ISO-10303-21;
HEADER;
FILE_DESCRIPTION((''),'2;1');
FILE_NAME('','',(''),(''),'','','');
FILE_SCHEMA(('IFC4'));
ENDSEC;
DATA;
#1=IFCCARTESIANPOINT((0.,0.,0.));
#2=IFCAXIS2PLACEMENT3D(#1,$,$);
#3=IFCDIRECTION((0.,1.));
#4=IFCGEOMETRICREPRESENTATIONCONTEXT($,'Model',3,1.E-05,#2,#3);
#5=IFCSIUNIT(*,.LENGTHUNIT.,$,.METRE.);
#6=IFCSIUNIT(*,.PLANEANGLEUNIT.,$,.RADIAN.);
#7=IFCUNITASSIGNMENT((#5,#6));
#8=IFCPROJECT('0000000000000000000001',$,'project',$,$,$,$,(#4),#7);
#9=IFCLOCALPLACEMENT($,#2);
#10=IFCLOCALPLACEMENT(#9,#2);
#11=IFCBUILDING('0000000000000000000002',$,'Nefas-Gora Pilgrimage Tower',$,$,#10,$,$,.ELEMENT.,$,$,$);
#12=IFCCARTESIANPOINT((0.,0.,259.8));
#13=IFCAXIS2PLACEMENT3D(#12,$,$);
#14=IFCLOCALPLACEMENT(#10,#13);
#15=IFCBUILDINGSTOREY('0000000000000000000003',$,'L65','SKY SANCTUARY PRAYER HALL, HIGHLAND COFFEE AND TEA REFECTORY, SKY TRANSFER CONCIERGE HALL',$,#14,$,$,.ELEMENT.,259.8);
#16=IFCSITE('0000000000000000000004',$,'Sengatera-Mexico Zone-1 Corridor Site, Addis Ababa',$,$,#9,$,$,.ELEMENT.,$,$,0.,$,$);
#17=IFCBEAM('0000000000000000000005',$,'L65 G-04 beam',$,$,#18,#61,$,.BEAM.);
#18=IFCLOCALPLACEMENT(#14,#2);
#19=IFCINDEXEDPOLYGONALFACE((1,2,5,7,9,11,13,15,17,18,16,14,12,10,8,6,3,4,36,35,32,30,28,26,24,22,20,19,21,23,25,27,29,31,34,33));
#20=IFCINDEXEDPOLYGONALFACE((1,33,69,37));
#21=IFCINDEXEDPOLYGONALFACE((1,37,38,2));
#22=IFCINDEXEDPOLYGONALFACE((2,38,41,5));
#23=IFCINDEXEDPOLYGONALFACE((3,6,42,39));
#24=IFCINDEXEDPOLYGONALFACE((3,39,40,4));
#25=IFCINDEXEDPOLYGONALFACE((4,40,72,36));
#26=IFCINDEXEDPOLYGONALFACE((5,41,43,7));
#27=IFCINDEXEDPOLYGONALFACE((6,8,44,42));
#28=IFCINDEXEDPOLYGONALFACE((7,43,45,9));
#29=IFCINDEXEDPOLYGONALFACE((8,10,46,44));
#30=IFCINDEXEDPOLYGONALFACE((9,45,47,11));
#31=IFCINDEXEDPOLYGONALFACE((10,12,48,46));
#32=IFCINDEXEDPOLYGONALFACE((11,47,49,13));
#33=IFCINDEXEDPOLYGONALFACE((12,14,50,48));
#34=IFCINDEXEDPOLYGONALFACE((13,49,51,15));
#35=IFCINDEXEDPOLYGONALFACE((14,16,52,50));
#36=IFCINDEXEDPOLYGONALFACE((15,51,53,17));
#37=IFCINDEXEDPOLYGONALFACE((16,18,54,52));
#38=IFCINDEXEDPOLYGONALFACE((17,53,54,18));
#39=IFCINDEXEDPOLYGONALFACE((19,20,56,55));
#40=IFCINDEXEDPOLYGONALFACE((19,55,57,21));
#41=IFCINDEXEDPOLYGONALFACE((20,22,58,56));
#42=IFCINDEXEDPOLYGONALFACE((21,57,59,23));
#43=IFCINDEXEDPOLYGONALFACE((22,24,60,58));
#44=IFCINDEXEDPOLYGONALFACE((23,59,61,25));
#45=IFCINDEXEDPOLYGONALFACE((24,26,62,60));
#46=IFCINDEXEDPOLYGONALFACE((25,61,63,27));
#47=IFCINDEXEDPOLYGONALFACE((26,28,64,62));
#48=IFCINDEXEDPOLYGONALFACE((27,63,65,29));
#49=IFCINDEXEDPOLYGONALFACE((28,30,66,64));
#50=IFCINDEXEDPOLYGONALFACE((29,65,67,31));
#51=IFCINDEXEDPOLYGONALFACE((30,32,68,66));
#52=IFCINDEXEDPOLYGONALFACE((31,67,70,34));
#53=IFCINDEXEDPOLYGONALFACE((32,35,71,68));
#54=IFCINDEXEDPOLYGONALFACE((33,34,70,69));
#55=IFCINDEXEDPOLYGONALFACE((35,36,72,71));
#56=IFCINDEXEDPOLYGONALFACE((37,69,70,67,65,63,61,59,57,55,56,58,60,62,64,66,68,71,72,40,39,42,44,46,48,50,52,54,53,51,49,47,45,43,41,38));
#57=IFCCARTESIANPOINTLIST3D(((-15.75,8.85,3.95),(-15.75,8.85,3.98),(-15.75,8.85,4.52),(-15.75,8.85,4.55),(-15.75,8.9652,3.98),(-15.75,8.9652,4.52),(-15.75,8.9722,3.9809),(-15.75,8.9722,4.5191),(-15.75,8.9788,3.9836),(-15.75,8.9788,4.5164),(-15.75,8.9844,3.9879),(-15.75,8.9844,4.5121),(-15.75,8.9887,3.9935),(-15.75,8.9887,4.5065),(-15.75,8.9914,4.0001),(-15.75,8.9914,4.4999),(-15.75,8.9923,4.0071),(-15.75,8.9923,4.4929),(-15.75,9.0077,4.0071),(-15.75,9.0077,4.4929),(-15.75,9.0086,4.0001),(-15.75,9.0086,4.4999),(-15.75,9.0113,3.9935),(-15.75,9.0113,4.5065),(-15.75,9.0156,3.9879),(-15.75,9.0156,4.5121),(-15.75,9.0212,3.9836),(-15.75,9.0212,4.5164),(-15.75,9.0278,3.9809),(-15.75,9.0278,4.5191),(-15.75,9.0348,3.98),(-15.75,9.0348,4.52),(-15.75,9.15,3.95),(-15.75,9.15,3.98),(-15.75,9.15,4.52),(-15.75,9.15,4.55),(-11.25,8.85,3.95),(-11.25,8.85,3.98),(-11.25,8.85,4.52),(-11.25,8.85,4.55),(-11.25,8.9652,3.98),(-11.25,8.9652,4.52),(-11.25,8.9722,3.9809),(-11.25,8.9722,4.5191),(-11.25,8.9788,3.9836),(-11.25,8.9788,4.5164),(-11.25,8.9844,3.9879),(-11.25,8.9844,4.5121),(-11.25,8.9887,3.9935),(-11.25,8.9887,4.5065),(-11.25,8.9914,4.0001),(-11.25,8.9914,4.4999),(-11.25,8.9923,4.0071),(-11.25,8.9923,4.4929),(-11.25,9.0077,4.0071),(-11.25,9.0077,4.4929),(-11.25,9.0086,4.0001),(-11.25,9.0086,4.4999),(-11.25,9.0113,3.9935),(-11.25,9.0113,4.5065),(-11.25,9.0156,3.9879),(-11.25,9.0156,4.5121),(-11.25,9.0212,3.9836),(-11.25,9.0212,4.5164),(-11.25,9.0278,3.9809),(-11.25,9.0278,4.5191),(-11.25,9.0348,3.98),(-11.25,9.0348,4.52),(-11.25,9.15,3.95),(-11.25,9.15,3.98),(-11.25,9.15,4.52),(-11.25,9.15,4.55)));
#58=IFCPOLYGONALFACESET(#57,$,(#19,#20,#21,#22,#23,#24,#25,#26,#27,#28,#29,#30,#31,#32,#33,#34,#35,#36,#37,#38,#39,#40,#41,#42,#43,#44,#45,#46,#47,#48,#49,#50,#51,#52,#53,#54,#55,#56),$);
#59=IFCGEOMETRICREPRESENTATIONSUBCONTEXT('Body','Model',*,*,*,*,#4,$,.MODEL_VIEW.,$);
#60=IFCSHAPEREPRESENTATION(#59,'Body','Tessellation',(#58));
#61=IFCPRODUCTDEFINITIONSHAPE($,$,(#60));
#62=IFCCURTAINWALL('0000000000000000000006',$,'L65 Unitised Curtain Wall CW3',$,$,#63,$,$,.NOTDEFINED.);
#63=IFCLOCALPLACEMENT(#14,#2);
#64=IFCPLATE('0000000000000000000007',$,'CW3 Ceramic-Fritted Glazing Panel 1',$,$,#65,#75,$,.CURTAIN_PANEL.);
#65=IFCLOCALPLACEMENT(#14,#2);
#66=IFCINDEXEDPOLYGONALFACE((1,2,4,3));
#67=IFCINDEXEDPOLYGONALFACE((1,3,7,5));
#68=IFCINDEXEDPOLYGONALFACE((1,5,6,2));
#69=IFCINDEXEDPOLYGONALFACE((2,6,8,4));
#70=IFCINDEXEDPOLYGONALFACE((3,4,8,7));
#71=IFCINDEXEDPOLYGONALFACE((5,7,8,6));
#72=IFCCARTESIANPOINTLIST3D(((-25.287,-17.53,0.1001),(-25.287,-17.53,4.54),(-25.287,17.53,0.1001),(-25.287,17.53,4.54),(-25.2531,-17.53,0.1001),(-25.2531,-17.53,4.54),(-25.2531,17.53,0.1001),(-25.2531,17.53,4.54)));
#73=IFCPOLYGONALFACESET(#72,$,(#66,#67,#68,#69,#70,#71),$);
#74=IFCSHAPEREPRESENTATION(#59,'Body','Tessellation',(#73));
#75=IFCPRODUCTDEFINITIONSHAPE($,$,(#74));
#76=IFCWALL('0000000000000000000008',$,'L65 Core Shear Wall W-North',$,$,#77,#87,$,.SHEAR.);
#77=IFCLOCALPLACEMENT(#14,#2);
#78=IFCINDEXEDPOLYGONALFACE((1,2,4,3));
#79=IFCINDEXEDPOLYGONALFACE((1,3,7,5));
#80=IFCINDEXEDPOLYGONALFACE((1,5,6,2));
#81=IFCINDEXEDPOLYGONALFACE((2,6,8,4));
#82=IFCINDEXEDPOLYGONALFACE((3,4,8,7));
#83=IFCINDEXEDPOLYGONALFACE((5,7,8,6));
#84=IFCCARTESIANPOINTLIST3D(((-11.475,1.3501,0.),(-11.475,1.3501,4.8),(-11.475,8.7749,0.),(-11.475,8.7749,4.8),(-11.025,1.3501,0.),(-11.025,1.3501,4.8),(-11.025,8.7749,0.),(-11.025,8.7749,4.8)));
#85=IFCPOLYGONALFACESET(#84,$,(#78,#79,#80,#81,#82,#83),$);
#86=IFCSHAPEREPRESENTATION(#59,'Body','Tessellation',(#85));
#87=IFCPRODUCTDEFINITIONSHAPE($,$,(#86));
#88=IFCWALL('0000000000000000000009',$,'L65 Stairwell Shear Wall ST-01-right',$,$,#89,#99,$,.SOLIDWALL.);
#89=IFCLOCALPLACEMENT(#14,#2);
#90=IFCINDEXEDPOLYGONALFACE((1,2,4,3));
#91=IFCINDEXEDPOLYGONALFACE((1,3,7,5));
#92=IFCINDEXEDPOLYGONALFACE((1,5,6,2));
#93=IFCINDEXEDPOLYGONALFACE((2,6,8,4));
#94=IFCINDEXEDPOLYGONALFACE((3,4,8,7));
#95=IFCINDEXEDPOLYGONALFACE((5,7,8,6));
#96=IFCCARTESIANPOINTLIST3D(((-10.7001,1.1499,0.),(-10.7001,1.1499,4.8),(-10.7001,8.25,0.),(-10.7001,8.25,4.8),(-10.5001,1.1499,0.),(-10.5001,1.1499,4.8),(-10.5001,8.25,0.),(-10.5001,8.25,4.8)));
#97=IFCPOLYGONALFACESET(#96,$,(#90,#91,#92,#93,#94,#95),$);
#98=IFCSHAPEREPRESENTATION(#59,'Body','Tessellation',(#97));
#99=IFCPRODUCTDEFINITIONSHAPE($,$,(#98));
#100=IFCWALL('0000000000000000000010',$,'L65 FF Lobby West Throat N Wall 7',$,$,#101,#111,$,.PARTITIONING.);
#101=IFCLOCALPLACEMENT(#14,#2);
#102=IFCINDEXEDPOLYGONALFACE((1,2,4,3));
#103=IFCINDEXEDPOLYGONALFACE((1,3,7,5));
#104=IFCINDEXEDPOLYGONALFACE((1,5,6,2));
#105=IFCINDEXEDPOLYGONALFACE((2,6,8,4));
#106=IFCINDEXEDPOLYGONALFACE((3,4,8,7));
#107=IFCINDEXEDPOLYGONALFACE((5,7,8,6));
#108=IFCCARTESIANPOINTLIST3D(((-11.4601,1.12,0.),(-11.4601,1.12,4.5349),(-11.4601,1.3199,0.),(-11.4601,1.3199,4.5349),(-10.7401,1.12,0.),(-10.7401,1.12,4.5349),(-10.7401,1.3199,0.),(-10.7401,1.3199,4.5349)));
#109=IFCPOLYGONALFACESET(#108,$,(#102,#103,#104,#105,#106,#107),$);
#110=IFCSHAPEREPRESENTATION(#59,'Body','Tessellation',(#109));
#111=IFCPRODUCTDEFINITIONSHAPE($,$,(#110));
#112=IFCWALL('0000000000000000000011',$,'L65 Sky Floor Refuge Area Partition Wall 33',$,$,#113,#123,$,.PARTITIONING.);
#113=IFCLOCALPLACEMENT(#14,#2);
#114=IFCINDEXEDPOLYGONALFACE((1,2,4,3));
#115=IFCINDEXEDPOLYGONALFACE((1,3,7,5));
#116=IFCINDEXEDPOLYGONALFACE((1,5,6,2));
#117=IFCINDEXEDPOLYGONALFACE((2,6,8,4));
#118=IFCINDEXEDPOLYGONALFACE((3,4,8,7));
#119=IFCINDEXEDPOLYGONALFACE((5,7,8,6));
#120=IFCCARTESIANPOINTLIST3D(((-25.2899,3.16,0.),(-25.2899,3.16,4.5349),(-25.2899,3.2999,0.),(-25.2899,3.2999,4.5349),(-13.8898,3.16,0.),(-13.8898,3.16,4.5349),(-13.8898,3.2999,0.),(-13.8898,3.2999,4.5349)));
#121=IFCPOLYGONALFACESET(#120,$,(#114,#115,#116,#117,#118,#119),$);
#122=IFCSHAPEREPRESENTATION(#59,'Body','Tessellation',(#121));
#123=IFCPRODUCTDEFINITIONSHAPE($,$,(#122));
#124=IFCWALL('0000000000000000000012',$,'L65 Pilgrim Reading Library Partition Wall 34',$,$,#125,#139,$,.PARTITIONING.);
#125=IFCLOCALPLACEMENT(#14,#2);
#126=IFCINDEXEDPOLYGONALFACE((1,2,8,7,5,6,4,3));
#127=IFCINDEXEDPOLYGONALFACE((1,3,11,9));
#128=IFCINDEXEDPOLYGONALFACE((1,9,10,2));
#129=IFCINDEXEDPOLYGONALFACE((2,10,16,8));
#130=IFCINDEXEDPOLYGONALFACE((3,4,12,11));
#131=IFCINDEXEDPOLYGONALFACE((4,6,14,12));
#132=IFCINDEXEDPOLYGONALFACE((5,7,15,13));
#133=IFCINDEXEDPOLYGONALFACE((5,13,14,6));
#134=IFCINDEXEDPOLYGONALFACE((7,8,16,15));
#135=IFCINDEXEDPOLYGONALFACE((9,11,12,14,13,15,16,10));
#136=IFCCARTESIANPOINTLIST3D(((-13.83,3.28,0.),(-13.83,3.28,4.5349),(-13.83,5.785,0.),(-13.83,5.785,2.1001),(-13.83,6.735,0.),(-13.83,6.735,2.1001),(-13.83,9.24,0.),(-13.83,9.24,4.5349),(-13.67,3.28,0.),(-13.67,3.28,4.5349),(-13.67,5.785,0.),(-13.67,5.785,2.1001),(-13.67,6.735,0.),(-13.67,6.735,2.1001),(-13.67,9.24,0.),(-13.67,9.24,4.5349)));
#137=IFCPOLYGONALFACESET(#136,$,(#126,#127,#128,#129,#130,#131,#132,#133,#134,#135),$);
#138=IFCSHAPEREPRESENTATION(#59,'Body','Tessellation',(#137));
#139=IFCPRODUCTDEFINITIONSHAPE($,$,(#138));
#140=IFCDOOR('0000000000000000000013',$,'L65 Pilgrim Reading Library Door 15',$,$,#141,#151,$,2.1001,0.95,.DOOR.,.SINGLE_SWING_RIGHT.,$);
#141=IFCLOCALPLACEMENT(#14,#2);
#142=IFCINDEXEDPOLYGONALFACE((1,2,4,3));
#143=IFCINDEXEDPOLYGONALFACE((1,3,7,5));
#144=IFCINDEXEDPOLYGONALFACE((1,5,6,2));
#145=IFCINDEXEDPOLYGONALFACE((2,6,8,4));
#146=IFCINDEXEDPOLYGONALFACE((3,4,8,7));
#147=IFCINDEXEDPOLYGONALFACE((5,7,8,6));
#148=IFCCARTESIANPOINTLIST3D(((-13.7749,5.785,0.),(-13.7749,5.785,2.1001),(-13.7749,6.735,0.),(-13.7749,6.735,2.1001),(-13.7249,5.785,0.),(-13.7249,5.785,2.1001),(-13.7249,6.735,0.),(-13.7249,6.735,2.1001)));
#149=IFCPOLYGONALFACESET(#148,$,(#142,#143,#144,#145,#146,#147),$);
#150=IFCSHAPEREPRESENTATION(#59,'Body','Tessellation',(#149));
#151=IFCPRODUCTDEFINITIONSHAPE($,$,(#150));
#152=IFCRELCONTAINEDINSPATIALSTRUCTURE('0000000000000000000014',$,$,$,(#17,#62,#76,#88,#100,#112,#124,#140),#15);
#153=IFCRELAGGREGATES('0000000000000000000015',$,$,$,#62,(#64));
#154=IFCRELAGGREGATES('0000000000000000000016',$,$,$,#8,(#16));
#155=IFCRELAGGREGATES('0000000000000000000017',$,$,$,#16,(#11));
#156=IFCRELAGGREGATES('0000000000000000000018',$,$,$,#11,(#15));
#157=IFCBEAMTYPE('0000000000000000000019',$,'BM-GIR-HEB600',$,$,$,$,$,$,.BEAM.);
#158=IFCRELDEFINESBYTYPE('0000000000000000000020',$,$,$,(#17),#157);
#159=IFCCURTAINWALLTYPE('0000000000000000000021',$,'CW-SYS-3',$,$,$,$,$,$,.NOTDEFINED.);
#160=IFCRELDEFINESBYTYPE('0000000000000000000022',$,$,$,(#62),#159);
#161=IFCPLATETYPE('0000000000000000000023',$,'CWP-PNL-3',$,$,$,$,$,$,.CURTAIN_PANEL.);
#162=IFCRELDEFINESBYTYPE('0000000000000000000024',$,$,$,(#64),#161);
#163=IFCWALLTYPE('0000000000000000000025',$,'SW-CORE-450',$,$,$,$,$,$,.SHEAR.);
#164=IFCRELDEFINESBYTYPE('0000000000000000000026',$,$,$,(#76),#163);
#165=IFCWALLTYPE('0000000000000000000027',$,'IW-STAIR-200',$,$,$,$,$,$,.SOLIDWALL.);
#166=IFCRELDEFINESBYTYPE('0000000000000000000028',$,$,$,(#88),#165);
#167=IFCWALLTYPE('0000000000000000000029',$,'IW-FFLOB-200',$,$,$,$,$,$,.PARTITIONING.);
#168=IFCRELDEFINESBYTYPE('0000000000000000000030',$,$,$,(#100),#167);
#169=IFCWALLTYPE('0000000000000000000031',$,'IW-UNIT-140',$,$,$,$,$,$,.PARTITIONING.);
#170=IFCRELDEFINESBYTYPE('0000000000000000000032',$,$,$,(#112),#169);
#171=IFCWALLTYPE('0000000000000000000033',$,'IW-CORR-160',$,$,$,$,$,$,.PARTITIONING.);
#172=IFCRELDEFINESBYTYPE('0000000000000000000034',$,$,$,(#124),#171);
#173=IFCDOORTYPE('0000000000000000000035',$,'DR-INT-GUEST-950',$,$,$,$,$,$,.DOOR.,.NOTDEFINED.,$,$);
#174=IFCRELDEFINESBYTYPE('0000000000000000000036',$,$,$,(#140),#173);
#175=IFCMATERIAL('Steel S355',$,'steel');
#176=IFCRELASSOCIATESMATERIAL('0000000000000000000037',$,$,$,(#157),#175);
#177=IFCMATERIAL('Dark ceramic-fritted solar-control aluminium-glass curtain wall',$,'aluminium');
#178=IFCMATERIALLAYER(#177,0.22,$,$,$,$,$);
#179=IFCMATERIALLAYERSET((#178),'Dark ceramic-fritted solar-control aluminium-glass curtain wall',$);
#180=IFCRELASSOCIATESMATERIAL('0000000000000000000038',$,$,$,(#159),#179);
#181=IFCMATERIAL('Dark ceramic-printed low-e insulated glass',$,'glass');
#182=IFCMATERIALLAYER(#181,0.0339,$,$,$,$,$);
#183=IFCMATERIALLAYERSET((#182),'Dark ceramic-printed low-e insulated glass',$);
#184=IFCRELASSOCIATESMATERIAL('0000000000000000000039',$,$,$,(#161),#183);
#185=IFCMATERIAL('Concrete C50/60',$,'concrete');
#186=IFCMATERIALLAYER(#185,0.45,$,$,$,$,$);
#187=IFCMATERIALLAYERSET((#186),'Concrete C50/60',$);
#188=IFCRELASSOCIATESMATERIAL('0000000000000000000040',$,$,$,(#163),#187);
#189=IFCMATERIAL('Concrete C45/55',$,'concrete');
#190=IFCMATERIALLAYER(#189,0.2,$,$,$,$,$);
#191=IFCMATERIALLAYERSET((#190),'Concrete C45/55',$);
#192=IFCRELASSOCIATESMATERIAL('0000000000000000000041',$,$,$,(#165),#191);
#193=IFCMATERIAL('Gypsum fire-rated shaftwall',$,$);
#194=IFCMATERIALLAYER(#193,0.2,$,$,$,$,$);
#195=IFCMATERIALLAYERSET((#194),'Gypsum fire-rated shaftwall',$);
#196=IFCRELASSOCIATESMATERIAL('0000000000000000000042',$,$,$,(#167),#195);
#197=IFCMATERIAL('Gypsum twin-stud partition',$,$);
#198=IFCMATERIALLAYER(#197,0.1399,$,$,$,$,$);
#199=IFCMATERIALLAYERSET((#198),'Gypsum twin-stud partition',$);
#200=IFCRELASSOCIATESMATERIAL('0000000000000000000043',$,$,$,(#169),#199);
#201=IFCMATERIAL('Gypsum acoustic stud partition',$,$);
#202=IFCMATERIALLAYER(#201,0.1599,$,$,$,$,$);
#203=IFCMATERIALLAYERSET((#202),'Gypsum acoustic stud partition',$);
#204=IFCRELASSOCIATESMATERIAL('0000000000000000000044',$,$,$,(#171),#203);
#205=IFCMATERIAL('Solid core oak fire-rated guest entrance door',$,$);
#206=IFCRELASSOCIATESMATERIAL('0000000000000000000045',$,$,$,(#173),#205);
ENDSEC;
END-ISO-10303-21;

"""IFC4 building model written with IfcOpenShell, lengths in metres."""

from ifc_helpers import new_model, si_unit, direction, frame, frame_2d, origin, origin_2d, place, context, subcontext, project, spatial, rectangle, i_section, extrude, source, transform, mapped, material, layer, layer_set, material_profile, profile_set, type_object, element, fill, aggregate, save


model = new_model("IFC4")

# Units and contexts
model_context = context("Model", 3, precision=1e-05, world=origin(), true_north=direction((0.0, 1.0)))
body_context = subcontext(model_context, "Body", "Model", "MODEL_VIEW")
ifc_project = project(units=[si_unit("LENGTHUNIT", "METRE"), si_unit("PLANEANGLEUNIT", "RADIAN")], contexts=[model_context])

# Site, building, storey
site_placement = place(None, origin())
site = spatial("IfcSite", under=ifc_project, at=site_placement, Name="Sengatera-Mexico Zone-1 Corridor Site, Addis Ababa", CompositionType="ELEMENT", RefElevation=0.0)
building_placement = place(site_placement, origin())
building = spatial("IfcBuilding", under=site, at=building_placement, Name="Nefas-Gora Pilgrimage Tower", CompositionType="ELEMENT")
storey_placement = place(building_placement, frame((0.0, 0.0, 259.8)))
storey = spatial("IfcBuildingStorey", under=building, at=storey_placement, Name="L65", Description="SKY SANCTUARY PRAYER HALL, HIGHLAND COFFEE AND TEA REFECTORY, SKY TRANSFER CONCIERGE HALL", CompositionType="ELEMENT", Elevation=259.8)

# Beam
ifc_material_1 = material(Name="Steel S355", Category="steel")
ifc_material_profile_1 = material_profile(ifc_material_1, i_section(OverallWidth=0.3, OverallDepth=0.6001, WebThickness=0.0154, FlangeThickness=0.03, FilletRadius=0.0271, at=origin_2d()), Name="HEB 600")
ifc_profile_set_1 = profile_set([ifc_material_profile_1], Name="Steel S355")
beam_type_1 = type_object("IfcBeamType", Name="BM-GIR-HEB600", PredefinedType="BEAM", material=ifc_profile_set_1)
shared_shape_1 = source(origin(), body_context, "Body", "SweptSolid", [
    extrude(i_section(OverallWidth=0.3, OverallDepth=0.6001, WebThickness=0.0154, FlangeThickness=0.03, FilletRadius=0.0271, at=origin_2d()), origin(), (0.0, 0.0, 1.0), 4.5),
])
for number, where, z_axis, x_axis, name in (
    (1, (-15.75, 9.0, 4.25), (1.0, 0.0, 0.0), (0.0, 1.0, 0.0), "L65 G-04 beam"),
):
    element("IfcBeam", number, at=place(storey_placement, frame(where, z_axis=z_axis, x_axis=x_axis)), inside=storey, type_object=beam_type_1, Name=name, PredefinedType="BEAM", context=body_context, shape_type="MappedRepresentation", body=[
        mapped(shared_shape_1, transform((0.0, 0.0, 0.0), x_axis=(1.0, 0.0, 0.0), y_axis=(0.0, 1.0, 0.0), z_axis=(0.0, 0.0, 1.0), scale=1.0)),
    ])

# Curtain wall, plate
ifc_material_2 = material(Name="Dark ceramic-fritted solar-control aluminium-glass curtain wall", Category="aluminium")
ifc_layer_1 = layer(ifc_material_2, 0.22)
ifc_layer_set_1 = layer_set([ifc_layer_1], Name="Dark ceramic-fritted solar-control aluminium-glass curtain wall")
curtain_wall_type = type_object("IfcCurtainWallType", Name="CW-SYS-3", PredefinedType="NOTDEFINED", material=ifc_layer_set_1)
curtain_wall_placement = place(storey_placement, origin())
curtain_wall = element("IfcCurtainWall", 2, at=curtain_wall_placement, inside=storey, type_object=curtain_wall_type, Name="L65 Unitised Curtain Wall CW3", PredefinedType="NOTDEFINED")
ifc_material_3 = material(Name="Dark ceramic-printed low-e insulated glass", Category="glass")
ifc_layer_2 = layer(ifc_material_3, 0.0339)
ifc_layer_set_2 = layer_set([ifc_layer_2], Name="Dark ceramic-printed low-e insulated glass")
plate_type = type_object("IfcPlateType", Name="CWP-PNL-3", PredefinedType="CURTAIN_PANEL", material=ifc_layer_set_2)
shared_shape_2 = source(origin(), body_context, "Body", "SweptSolid", [
    extrude(rectangle(XDim=35.0601, YDim=0.0339, at=origin_2d()), origin(), (0.0, 0.0, 1.0), 4.4399),
])
plate_placement = place(storey_placement, frame((-25.27, 0.0, 0.1001), z_axis=(0.0, 0.0, 1.0), x_axis=(0.0, -1.0, 0.0)))
plate = element("IfcPlate", 3, at=plate_placement, type_object=plate_type, Name="CW3 Ceramic-Fritted Glazing Panel 1", PredefinedType="CURTAIN_PANEL", context=body_context, shape_type="MappedRepresentation", body=[
    mapped(shared_shape_2, transform((0.0, 0.0, 0.0), x_axis=(1.0, 0.0, 0.0), y_axis=(0.0, 1.0, 0.0), z_axis=(0.0, 0.0, 1.0), scale=1.0)),
])
aggregate(curtain_wall, [plate])

# Walls
ifc_material_4 = material(Name="Concrete C50/60", Category="concrete")
ifc_layer_3 = layer(ifc_material_4, 0.45)
ifc_layer_set_3 = layer_set([ifc_layer_3], Name="Concrete C50/60")
wall_type_1 = type_object("IfcWallType", Name="SW-CORE-450", PredefinedType="SHEAR", material=ifc_layer_set_3)
shared_shape_3 = source(origin(), body_context, "Body", "SweptSolid", [
    extrude(rectangle(XDim=7.4248, YDim=0.45, at=frame_2d((3.7124, 0.0))), origin(), (0.0, 0.0, 1.0), 4.8),
])
wall_1_placement = place(storey_placement, frame((-11.25, 1.3501, 0.0), z_axis=(0.0, 0.0, 1.0), x_axis=(0.0, 1.0, 0.0)))
element("IfcWall", 4, at=wall_1_placement, inside=storey, type_object=wall_type_1, Name="L65 Core Shear Wall W-North", PredefinedType="SHEAR", context=body_context, shape_type="MappedRepresentation", body=[
    mapped(shared_shape_3, transform((0.0, 0.0, 0.0), x_axis=(1.0, 0.0, 0.0), y_axis=(0.0, 1.0, 0.0), z_axis=(0.0, 0.0, 1.0), scale=1.0)),
])
ifc_material_5 = material(Name="Concrete C45/55", Category="concrete")
ifc_layer_4 = layer(ifc_material_5, 0.2)
ifc_layer_set_4 = layer_set([ifc_layer_4], Name="Concrete C45/55")
wall_type_2 = type_object("IfcWallType", Name="IW-STAIR-200", PredefinedType="SOLIDWALL", material=ifc_layer_set_4)
shared_shape_4 = source(origin(), body_context, "Body", "SweptSolid", [
    extrude(rectangle(XDim=7.1001, YDim=0.2, at=frame_2d((3.55, 0.0))), origin(), (0.0, 0.0, 1.0), 4.8),
])
wall_2_placement = place(storey_placement, frame((-10.6001, 1.1499, 0.0), z_axis=(0.0, 0.0, 1.0), x_axis=(0.0, 1.0, 0.0)))
element("IfcWall", 5, at=wall_2_placement, inside=storey, type_object=wall_type_2, Name="L65 Stairwell Shear Wall ST-01-right", PredefinedType="SOLIDWALL", context=body_context, shape_type="MappedRepresentation", body=[
    mapped(shared_shape_4, transform((0.0, 0.0, 0.0), x_axis=(1.0, 0.0, 0.0), y_axis=(0.0, 1.0, 0.0), z_axis=(0.0, 0.0, 1.0), scale=1.0)),
])
ifc_material_6 = material(Name="Gypsum fire-rated shaftwall")
ifc_layer_5 = layer(ifc_material_6, 0.2)
ifc_layer_set_5 = layer_set([ifc_layer_5], Name="Gypsum fire-rated shaftwall")
wall_type_3 = type_object("IfcWallType", Name="IW-FFLOB-200", PredefinedType="PARTITIONING", material=ifc_layer_set_5)
shared_shape_5 = source(origin(), body_context, "Body", "SweptSolid", [
    extrude(rectangle(XDim=0.72, YDim=0.2, at=frame_2d((0.3599, 0.0))), origin(), (0.0, 0.0, 1.0), 4.5349),
])
wall_3_placement = place(storey_placement, frame((-11.46, 1.22, 0.0), z_axis=(0.0, 0.0, 1.0), x_axis=(1.0, 0.0, 0.0)))
element("IfcWall", 6, at=wall_3_placement, inside=storey, type_object=wall_type_3, Name="L65 FF Lobby West Throat N Wall 7", PredefinedType="PARTITIONING", context=body_context, shape_type="MappedRepresentation", body=[
    mapped(shared_shape_5, transform((0.0, 0.0, 0.0), x_axis=(1.0, 0.0, 0.0), y_axis=(0.0, 1.0, 0.0), z_axis=(0.0, 0.0, 1.0), scale=1.0)),
])
ifc_material_7 = material(Name="Gypsum twin-stud partition")
ifc_layer_6 = layer(ifc_material_7, 0.1399)
ifc_layer_set_6 = layer_set([ifc_layer_6], Name="Gypsum twin-stud partition")
wall_type_4 = type_object("IfcWallType", Name="IW-UNIT-140", PredefinedType="PARTITIONING", material=ifc_layer_set_6)
shared_shape_6 = source(origin(), body_context, "Body", "SweptSolid", [
    extrude(rectangle(XDim=11.4001, YDim=0.1399, at=frame_2d((5.7002, 0.0))), origin(), (0.0, 0.0, 1.0), 4.5349),
])
wall_4_placement = place(storey_placement, frame((-25.29, 3.23, 0.0), z_axis=(0.0, 0.0, 1.0), x_axis=(1.0, 0.0, 0.0)))
element("IfcWall", 7, at=wall_4_placement, inside=storey, type_object=wall_type_4, Name="L65 Sky Floor Refuge Area Partition Wall 33", PredefinedType="PARTITIONING", context=body_context, shape_type="MappedRepresentation", body=[
    mapped(shared_shape_6, transform((0.0, 0.0, 0.0), x_axis=(1.0, 0.0, 0.0), y_axis=(0.0, 1.0, 0.0), z_axis=(0.0, 0.0, 1.0), scale=1.0)),
])

# Wall, opening, door
ifc_material_8 = material(Name="Gypsum acoustic stud partition")
ifc_layer_7 = layer(ifc_material_8, 0.1599)
ifc_layer_set_7 = layer_set([ifc_layer_7], Name="Gypsum acoustic stud partition")
wall_type_5 = type_object("IfcWallType", Name="IW-CORR-160", PredefinedType="PARTITIONING", material=ifc_layer_set_7)
shared_shape_7 = source(origin(), body_context, "Body", "SweptSolid", [
    extrude(rectangle(XDim=5.96, YDim=0.1599, at=frame_2d((2.98, 0.0))), origin(), (0.0, 0.0, 1.0), 4.5349),
])
wall_5_placement = place(storey_placement, frame((-13.75, 3.28, 0.0), z_axis=(0.0, 0.0, 1.0), x_axis=(0.0, 1.0, 0.0)))
wall_5 = element("IfcWall", 8, at=wall_5_placement, inside=storey, type_object=wall_type_5, Name="L65 Pilgrim Reading Library Partition Wall 34", PredefinedType="PARTITIONING", context=body_context, shape_type="MappedRepresentation", body=[
    mapped(shared_shape_7, transform((0.0, 0.0, 0.0), x_axis=(1.0, 0.0, 0.0), y_axis=(0.0, 1.0, 0.0), z_axis=(0.0, 0.0, 1.0), scale=1.0)),
])
opening_placement = place(wall_5_placement, frame((2.5049, 0.0, 0.0)))
opening = element("IfcOpeningElement", 9, at=opening_placement, cuts=wall_5, PredefinedType="OPENING", context=body_context, shape_type="SweptSolid", body=[
    extrude(rectangle(XDim=0.95, YDim=2.1001, at=frame_2d((0.4751, 1.05))), frame((0.0, 0.0898, 0.0), z_axis=(0.0, -1.0, 0.0), x_axis=(1.0, 0.0, 0.0)), (0.0, 0.0, 1.0), 0.1799),
])
ifc_material_9 = material(Name="Solid core oak fire-rated guest entrance door")
door_type = type_object("IfcDoorType", Name="DR-INT-GUEST-950", OperationType="NOTDEFINED", PredefinedType="DOOR", material=ifc_material_9)
shared_shape_8 = source(origin(), body_context, "Body", "SweptSolid", [
    extrude(rectangle(XDim=0.95, YDim=2.1001, at=frame_2d((0.4751, 1.05))), frame((0.0, 0.0249, 0.0), z_axis=(0.0, -1.0, 0.0), x_axis=(1.0, 0.0, 0.0)), (0.0, 0.0, 1.0), 0.05),
])
door_placement = place(opening_placement, origin())
door = element("IfcDoor", 10, at=door_placement, inside=storey, type_object=door_type, Name="L65 Pilgrim Reading Library Door 15", OperationType="SINGLE_SWING_RIGHT", OverallHeight=2.1001, OverallWidth=0.95, PredefinedType="DOOR", context=body_context, shape_type="MappedRepresentation", body=[
    mapped(shared_shape_8, transform((0.0, 0.0, 0.0), x_axis=(1.0, 0.0, 0.0), y_axis=(0.0, 1.0, 0.0), z_axis=(0.0, 0.0, 1.0), scale=1.0)),
])
fill(opening, door)

save(model, "model.ifc")
